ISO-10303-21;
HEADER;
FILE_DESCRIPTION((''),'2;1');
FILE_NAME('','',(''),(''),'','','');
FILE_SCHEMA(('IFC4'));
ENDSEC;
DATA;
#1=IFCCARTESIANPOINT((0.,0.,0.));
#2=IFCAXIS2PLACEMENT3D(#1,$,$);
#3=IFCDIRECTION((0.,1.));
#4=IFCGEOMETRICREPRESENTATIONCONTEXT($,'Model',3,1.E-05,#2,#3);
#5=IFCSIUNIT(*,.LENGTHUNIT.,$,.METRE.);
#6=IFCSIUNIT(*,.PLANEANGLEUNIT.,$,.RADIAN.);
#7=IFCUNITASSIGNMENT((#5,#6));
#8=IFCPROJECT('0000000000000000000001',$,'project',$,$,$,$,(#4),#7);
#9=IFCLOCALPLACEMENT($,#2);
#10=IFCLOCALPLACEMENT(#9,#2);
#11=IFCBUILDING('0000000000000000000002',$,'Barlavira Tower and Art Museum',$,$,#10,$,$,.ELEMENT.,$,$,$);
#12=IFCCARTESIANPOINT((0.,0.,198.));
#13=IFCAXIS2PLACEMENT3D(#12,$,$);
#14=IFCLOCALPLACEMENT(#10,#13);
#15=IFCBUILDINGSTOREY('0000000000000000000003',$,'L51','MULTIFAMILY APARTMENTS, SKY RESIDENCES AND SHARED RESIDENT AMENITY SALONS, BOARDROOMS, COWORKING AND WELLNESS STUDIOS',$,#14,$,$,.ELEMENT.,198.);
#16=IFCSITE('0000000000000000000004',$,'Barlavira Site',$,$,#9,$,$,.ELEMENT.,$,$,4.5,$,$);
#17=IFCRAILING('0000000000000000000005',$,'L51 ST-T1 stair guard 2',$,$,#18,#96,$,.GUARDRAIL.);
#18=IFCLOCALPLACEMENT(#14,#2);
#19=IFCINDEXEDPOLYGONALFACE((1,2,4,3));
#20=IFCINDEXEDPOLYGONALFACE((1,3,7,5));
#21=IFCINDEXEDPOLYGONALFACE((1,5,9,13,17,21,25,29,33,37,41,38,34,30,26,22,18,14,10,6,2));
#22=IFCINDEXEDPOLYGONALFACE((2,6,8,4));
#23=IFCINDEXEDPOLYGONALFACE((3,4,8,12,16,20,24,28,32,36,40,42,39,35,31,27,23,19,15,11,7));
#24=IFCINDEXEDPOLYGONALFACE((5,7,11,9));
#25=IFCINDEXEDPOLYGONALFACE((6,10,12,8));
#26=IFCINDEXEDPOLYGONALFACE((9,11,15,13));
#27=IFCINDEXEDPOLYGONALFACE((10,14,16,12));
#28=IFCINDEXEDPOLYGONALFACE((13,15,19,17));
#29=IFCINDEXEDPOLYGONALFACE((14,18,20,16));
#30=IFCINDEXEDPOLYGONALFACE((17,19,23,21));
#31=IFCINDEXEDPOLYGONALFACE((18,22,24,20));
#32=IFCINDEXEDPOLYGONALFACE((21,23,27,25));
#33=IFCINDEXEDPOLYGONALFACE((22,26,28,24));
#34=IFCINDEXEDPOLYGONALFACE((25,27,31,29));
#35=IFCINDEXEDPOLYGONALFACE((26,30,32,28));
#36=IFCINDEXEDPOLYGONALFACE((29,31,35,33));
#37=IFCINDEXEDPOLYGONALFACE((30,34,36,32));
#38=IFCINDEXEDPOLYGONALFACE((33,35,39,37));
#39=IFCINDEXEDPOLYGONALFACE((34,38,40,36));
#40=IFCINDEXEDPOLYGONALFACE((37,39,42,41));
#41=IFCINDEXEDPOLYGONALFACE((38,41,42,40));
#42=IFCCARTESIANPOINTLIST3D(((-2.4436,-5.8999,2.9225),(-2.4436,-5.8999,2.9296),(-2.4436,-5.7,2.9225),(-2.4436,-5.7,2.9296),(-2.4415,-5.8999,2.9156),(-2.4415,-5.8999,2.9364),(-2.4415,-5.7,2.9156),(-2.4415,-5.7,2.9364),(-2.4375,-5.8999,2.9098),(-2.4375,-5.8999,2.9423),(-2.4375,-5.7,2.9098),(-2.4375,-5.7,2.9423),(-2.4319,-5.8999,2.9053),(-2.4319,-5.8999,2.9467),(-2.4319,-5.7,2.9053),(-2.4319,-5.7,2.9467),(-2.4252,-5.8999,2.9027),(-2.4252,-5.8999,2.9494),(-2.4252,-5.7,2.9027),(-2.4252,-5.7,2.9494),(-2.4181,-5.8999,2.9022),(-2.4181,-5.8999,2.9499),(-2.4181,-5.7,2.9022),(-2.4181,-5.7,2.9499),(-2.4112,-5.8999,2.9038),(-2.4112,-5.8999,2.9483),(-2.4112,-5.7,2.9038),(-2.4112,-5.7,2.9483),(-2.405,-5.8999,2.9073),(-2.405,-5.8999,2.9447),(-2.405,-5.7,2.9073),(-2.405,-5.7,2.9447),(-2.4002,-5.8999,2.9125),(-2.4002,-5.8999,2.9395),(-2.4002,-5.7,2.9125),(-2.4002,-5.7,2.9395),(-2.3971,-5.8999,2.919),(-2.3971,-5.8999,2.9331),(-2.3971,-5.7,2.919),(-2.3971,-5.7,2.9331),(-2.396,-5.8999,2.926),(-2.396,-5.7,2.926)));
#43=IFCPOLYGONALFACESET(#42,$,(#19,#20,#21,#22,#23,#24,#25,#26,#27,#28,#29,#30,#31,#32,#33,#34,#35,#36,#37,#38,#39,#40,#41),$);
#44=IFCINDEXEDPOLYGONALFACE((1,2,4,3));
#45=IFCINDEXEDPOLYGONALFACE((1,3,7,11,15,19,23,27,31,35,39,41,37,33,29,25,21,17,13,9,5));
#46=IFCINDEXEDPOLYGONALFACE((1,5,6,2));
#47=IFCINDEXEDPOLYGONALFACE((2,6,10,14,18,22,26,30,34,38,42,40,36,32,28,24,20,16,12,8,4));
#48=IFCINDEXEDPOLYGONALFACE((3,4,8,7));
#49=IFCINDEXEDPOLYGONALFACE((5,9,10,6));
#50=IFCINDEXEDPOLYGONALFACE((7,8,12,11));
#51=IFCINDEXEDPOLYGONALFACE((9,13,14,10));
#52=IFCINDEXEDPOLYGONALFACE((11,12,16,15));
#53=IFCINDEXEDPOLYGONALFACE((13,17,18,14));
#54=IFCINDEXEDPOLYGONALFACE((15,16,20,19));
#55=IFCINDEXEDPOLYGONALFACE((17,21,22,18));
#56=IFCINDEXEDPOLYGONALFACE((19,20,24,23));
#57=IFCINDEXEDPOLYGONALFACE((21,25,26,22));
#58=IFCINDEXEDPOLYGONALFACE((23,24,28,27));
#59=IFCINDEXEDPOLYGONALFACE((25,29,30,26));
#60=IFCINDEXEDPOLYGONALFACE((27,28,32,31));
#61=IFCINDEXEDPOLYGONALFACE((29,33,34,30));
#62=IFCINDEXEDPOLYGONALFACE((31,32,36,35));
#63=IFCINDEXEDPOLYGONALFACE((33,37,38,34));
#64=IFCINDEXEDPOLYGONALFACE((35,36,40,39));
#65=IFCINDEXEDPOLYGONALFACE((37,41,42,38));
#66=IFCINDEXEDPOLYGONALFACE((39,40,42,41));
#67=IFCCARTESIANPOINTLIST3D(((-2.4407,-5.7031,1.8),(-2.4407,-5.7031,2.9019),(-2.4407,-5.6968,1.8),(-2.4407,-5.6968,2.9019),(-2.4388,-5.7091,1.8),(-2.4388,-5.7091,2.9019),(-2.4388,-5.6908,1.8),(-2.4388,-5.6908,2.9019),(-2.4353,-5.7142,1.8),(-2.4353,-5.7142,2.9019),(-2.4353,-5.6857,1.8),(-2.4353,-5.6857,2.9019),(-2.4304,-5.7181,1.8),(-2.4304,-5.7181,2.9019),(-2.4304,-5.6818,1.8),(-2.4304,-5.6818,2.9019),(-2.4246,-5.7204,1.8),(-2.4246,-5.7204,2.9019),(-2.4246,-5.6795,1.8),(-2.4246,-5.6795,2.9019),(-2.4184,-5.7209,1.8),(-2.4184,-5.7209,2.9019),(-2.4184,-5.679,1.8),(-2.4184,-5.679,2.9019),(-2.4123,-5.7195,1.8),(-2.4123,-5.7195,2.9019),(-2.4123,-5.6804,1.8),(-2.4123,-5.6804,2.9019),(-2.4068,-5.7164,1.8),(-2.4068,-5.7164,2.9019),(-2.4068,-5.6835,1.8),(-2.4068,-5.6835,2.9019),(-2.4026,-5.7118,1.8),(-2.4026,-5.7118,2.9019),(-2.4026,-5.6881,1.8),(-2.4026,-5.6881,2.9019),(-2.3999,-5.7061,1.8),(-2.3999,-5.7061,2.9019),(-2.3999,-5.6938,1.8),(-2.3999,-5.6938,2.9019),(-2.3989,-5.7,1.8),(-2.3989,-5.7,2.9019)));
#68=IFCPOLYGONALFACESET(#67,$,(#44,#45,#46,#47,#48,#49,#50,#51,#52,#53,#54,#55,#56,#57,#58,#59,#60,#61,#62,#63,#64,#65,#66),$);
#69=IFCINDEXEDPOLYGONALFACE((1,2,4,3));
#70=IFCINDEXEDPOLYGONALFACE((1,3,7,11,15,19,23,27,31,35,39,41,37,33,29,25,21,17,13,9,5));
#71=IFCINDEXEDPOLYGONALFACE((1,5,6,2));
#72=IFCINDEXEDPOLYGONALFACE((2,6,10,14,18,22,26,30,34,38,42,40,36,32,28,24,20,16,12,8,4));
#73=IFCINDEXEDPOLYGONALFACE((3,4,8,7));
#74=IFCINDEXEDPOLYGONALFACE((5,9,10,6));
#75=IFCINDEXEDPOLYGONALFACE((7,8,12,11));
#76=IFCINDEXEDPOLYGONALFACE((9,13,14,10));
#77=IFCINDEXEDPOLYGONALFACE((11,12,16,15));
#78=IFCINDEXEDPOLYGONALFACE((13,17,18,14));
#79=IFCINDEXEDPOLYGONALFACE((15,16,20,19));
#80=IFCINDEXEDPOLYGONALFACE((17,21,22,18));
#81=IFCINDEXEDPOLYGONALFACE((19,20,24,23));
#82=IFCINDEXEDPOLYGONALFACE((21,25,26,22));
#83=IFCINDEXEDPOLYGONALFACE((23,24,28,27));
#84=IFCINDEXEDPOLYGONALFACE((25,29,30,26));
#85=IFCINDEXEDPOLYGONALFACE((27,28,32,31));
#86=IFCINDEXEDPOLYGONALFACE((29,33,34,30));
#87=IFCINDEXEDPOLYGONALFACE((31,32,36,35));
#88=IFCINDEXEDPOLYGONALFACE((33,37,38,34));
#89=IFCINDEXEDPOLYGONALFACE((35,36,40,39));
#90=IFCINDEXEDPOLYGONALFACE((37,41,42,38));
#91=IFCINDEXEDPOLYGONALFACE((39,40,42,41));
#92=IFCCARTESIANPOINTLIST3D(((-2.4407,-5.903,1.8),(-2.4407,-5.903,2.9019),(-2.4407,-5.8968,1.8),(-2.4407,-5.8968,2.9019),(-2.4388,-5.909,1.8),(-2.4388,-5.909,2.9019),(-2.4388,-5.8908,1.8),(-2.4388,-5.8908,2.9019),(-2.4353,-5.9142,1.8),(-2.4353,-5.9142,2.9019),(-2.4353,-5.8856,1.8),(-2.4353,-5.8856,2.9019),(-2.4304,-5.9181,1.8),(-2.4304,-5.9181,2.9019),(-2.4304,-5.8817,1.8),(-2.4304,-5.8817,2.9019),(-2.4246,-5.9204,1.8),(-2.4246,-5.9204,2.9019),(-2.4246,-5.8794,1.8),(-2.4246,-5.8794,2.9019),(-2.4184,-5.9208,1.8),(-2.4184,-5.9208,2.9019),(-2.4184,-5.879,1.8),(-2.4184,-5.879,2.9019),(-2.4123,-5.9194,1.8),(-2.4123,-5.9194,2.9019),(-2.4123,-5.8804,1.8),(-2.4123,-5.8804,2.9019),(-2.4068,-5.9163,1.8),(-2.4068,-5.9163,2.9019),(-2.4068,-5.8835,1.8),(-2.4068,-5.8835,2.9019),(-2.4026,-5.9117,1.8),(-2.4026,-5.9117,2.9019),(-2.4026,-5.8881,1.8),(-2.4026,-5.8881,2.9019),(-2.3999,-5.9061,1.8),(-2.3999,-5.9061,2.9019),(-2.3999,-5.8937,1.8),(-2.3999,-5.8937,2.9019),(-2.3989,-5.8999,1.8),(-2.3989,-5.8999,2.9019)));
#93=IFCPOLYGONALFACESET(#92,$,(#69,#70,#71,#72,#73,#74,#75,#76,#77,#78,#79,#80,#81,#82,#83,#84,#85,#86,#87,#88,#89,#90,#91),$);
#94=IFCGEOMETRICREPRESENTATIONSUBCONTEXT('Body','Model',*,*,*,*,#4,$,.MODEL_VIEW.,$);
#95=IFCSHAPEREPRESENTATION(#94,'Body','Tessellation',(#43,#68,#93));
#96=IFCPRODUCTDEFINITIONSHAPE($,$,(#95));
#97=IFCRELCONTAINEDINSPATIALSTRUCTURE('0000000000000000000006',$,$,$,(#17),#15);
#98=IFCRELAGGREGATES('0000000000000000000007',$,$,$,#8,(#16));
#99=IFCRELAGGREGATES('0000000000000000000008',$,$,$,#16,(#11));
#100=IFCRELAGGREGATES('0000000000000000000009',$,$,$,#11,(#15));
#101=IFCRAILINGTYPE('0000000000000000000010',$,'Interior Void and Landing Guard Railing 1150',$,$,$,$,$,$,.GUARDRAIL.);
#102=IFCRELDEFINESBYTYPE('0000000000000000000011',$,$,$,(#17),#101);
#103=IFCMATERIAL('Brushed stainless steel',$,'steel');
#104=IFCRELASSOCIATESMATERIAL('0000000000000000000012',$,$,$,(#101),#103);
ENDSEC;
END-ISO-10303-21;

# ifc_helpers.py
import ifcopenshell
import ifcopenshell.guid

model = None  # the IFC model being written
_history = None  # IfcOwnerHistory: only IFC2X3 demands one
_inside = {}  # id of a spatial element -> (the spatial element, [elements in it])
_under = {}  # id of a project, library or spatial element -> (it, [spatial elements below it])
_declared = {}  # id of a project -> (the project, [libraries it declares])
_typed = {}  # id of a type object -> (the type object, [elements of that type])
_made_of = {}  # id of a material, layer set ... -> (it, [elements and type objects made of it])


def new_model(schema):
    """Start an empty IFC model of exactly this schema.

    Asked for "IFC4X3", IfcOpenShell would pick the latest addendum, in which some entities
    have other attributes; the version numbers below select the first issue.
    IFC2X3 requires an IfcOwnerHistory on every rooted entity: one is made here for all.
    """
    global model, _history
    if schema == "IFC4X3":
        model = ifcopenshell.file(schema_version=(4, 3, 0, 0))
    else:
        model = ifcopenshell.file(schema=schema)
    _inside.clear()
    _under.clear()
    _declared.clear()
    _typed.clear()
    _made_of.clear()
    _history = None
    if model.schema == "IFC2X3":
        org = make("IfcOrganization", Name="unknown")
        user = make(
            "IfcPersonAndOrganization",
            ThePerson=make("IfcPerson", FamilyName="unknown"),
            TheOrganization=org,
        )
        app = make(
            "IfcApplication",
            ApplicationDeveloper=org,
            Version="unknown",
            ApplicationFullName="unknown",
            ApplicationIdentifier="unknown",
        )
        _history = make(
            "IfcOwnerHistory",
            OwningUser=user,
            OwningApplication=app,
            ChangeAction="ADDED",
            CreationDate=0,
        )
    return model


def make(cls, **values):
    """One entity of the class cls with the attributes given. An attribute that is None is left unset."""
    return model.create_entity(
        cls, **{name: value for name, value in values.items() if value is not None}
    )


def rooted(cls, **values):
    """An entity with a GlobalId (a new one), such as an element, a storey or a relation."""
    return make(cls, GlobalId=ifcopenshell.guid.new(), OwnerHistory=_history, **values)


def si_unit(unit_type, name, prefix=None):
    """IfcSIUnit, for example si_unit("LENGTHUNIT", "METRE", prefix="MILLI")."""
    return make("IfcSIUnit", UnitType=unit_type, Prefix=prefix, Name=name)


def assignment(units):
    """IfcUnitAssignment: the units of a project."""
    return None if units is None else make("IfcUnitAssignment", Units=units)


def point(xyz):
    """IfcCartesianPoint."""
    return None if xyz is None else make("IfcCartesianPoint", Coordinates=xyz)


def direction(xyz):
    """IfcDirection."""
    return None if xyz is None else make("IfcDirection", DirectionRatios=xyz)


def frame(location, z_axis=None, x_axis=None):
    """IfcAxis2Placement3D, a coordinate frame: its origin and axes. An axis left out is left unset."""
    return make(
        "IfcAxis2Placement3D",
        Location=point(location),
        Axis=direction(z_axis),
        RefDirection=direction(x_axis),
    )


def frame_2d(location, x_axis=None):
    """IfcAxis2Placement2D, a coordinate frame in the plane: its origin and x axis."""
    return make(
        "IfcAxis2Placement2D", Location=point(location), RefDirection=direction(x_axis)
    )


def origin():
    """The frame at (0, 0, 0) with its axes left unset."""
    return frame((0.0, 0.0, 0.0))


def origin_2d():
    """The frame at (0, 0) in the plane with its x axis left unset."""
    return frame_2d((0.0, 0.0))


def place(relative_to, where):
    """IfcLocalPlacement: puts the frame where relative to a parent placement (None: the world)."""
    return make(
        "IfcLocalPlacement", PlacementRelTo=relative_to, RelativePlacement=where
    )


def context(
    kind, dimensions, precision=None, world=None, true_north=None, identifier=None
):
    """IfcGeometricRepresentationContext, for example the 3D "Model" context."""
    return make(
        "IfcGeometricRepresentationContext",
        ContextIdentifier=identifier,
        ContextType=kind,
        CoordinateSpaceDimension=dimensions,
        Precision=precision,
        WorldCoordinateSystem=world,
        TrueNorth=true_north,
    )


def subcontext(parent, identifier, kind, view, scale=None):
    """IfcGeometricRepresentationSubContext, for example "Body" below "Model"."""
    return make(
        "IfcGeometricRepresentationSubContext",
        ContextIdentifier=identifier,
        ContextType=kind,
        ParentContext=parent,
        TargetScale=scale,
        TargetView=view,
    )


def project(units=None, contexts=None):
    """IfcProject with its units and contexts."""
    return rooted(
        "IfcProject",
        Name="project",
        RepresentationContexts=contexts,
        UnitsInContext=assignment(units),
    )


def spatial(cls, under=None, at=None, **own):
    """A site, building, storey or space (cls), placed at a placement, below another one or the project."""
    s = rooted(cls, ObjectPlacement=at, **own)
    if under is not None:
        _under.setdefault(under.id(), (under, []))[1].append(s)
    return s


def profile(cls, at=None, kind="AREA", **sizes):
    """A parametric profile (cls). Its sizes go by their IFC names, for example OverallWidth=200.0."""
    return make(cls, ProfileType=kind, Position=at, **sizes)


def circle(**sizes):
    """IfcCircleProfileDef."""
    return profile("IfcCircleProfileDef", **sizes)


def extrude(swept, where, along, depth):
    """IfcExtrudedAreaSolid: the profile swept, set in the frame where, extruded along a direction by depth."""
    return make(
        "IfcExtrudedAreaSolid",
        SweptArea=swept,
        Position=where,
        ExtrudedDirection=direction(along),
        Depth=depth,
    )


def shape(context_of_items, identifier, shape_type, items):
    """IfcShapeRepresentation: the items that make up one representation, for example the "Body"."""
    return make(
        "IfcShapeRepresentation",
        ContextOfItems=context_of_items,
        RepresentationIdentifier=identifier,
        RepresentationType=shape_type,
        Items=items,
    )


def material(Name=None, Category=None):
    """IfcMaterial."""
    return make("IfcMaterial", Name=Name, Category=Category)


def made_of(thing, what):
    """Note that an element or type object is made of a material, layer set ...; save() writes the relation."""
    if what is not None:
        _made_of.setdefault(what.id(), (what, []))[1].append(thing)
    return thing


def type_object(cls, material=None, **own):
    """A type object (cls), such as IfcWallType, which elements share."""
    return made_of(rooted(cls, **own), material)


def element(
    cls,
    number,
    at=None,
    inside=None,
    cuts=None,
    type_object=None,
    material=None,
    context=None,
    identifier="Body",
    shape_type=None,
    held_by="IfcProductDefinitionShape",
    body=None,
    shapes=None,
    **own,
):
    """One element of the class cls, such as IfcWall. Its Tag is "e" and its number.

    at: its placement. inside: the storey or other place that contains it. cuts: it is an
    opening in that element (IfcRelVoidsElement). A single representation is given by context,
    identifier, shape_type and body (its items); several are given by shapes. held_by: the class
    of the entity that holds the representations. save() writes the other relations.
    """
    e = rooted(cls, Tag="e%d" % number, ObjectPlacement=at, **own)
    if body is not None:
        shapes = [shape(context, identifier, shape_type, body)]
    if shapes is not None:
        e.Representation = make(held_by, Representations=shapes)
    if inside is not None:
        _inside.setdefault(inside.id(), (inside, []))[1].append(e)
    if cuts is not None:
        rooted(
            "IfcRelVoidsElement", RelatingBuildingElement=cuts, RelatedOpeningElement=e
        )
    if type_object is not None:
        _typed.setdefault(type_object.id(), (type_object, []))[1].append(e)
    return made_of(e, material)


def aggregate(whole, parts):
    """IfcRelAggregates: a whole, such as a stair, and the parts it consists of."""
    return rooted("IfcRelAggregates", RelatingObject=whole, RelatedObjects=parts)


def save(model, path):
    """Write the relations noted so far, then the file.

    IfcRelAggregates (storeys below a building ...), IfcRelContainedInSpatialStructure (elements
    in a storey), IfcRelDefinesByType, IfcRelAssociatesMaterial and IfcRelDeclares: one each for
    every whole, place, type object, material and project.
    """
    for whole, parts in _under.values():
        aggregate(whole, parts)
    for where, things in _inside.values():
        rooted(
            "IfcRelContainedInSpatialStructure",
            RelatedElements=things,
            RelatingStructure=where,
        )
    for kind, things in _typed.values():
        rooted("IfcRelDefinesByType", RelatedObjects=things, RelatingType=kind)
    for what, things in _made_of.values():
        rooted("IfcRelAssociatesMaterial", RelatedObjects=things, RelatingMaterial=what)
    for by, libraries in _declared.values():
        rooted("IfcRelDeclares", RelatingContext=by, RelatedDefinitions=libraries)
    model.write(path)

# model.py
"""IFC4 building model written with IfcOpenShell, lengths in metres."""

from ifc_helpers import new_model, si_unit, direction, frame, origin, origin_2d, place, context, subcontext, project, spatial, circle, extrude, material, type_object, element, save


model = new_model("IFC4")

# Units and contexts
model_context = context("Model", 3, precision=1e-05, world=origin(), true_north=direction((0.0, 1.0)))
body_context = subcontext(model_context, "Body", "Model", "MODEL_VIEW")
ifc_project = project(units=[si_unit("LENGTHUNIT", "METRE"), si_unit("PLANEANGLEUNIT", "RADIAN")], contexts=[model_context])

# Site, building, storey
site_placement = place(None, origin())
site = spatial("IfcSite", under=ifc_project, at=site_placement, Name="Barlavira Site", CompositionType="ELEMENT", RefElevation=4.5)
building_placement = place(site_placement, origin())
building = spatial("IfcBuilding", under=site, at=building_placement, Name="Barlavira Tower and Art Museum", CompositionType="ELEMENT")
storey_placement = place(building_placement, frame((0.0, 0.0, 198.0)))
storey = spatial("IfcBuildingStorey", under=building, at=storey_placement, Name="L51", Description="MULTIFAMILY APARTMENTS, SKY RESIDENCES AND SHARED RESIDENT AMENITY SALONS, BOARDROOMS, COWORKING AND WELLNESS STUDIOS", CompositionType="ELEMENT", Elevation=198.0)

# Shared definitions
ifc_material_1 = material(Name="Brushed stainless steel", Category="steel")

# Railing
railing_type_1 = type_object("IfcRailingType", Name="Interior Void and Landing Guard Railing 1150", PredefinedType="GUARDRAIL", material=ifc_material_1)
railing_1_placement = place(storey_placement, frame((-2.4199, -5.7, 1.8)))
element("IfcRailing", 1, at=railing_1_placement, inside=storey, type_object=railing_type_1, Name="L51 ST-T1 stair guard 2", PredefinedType="GUARDRAIL", context=body_context, shape_type="SweptSolid", body=[
    extrude(circle(Radius=0.0239, at=origin_2d()), frame((0.0, 0.0, 1.126), z_axis=(0.0, -1.0, 0.0), x_axis=(1.0, 0.0, 0.0)), (0.0, 0.0, 1.0), 0.2),
    extrude(circle(Radius=0.021, at=origin_2d()), origin(), (0.0, 0.0, 1.0), 1.1018),
    extrude(circle(Radius=0.021, at=origin_2d()), frame((0.0, -0.2, 0.0)), (0.0, 0.0, 1.0), 1.1018),
])

save(model, "model.ifc")
